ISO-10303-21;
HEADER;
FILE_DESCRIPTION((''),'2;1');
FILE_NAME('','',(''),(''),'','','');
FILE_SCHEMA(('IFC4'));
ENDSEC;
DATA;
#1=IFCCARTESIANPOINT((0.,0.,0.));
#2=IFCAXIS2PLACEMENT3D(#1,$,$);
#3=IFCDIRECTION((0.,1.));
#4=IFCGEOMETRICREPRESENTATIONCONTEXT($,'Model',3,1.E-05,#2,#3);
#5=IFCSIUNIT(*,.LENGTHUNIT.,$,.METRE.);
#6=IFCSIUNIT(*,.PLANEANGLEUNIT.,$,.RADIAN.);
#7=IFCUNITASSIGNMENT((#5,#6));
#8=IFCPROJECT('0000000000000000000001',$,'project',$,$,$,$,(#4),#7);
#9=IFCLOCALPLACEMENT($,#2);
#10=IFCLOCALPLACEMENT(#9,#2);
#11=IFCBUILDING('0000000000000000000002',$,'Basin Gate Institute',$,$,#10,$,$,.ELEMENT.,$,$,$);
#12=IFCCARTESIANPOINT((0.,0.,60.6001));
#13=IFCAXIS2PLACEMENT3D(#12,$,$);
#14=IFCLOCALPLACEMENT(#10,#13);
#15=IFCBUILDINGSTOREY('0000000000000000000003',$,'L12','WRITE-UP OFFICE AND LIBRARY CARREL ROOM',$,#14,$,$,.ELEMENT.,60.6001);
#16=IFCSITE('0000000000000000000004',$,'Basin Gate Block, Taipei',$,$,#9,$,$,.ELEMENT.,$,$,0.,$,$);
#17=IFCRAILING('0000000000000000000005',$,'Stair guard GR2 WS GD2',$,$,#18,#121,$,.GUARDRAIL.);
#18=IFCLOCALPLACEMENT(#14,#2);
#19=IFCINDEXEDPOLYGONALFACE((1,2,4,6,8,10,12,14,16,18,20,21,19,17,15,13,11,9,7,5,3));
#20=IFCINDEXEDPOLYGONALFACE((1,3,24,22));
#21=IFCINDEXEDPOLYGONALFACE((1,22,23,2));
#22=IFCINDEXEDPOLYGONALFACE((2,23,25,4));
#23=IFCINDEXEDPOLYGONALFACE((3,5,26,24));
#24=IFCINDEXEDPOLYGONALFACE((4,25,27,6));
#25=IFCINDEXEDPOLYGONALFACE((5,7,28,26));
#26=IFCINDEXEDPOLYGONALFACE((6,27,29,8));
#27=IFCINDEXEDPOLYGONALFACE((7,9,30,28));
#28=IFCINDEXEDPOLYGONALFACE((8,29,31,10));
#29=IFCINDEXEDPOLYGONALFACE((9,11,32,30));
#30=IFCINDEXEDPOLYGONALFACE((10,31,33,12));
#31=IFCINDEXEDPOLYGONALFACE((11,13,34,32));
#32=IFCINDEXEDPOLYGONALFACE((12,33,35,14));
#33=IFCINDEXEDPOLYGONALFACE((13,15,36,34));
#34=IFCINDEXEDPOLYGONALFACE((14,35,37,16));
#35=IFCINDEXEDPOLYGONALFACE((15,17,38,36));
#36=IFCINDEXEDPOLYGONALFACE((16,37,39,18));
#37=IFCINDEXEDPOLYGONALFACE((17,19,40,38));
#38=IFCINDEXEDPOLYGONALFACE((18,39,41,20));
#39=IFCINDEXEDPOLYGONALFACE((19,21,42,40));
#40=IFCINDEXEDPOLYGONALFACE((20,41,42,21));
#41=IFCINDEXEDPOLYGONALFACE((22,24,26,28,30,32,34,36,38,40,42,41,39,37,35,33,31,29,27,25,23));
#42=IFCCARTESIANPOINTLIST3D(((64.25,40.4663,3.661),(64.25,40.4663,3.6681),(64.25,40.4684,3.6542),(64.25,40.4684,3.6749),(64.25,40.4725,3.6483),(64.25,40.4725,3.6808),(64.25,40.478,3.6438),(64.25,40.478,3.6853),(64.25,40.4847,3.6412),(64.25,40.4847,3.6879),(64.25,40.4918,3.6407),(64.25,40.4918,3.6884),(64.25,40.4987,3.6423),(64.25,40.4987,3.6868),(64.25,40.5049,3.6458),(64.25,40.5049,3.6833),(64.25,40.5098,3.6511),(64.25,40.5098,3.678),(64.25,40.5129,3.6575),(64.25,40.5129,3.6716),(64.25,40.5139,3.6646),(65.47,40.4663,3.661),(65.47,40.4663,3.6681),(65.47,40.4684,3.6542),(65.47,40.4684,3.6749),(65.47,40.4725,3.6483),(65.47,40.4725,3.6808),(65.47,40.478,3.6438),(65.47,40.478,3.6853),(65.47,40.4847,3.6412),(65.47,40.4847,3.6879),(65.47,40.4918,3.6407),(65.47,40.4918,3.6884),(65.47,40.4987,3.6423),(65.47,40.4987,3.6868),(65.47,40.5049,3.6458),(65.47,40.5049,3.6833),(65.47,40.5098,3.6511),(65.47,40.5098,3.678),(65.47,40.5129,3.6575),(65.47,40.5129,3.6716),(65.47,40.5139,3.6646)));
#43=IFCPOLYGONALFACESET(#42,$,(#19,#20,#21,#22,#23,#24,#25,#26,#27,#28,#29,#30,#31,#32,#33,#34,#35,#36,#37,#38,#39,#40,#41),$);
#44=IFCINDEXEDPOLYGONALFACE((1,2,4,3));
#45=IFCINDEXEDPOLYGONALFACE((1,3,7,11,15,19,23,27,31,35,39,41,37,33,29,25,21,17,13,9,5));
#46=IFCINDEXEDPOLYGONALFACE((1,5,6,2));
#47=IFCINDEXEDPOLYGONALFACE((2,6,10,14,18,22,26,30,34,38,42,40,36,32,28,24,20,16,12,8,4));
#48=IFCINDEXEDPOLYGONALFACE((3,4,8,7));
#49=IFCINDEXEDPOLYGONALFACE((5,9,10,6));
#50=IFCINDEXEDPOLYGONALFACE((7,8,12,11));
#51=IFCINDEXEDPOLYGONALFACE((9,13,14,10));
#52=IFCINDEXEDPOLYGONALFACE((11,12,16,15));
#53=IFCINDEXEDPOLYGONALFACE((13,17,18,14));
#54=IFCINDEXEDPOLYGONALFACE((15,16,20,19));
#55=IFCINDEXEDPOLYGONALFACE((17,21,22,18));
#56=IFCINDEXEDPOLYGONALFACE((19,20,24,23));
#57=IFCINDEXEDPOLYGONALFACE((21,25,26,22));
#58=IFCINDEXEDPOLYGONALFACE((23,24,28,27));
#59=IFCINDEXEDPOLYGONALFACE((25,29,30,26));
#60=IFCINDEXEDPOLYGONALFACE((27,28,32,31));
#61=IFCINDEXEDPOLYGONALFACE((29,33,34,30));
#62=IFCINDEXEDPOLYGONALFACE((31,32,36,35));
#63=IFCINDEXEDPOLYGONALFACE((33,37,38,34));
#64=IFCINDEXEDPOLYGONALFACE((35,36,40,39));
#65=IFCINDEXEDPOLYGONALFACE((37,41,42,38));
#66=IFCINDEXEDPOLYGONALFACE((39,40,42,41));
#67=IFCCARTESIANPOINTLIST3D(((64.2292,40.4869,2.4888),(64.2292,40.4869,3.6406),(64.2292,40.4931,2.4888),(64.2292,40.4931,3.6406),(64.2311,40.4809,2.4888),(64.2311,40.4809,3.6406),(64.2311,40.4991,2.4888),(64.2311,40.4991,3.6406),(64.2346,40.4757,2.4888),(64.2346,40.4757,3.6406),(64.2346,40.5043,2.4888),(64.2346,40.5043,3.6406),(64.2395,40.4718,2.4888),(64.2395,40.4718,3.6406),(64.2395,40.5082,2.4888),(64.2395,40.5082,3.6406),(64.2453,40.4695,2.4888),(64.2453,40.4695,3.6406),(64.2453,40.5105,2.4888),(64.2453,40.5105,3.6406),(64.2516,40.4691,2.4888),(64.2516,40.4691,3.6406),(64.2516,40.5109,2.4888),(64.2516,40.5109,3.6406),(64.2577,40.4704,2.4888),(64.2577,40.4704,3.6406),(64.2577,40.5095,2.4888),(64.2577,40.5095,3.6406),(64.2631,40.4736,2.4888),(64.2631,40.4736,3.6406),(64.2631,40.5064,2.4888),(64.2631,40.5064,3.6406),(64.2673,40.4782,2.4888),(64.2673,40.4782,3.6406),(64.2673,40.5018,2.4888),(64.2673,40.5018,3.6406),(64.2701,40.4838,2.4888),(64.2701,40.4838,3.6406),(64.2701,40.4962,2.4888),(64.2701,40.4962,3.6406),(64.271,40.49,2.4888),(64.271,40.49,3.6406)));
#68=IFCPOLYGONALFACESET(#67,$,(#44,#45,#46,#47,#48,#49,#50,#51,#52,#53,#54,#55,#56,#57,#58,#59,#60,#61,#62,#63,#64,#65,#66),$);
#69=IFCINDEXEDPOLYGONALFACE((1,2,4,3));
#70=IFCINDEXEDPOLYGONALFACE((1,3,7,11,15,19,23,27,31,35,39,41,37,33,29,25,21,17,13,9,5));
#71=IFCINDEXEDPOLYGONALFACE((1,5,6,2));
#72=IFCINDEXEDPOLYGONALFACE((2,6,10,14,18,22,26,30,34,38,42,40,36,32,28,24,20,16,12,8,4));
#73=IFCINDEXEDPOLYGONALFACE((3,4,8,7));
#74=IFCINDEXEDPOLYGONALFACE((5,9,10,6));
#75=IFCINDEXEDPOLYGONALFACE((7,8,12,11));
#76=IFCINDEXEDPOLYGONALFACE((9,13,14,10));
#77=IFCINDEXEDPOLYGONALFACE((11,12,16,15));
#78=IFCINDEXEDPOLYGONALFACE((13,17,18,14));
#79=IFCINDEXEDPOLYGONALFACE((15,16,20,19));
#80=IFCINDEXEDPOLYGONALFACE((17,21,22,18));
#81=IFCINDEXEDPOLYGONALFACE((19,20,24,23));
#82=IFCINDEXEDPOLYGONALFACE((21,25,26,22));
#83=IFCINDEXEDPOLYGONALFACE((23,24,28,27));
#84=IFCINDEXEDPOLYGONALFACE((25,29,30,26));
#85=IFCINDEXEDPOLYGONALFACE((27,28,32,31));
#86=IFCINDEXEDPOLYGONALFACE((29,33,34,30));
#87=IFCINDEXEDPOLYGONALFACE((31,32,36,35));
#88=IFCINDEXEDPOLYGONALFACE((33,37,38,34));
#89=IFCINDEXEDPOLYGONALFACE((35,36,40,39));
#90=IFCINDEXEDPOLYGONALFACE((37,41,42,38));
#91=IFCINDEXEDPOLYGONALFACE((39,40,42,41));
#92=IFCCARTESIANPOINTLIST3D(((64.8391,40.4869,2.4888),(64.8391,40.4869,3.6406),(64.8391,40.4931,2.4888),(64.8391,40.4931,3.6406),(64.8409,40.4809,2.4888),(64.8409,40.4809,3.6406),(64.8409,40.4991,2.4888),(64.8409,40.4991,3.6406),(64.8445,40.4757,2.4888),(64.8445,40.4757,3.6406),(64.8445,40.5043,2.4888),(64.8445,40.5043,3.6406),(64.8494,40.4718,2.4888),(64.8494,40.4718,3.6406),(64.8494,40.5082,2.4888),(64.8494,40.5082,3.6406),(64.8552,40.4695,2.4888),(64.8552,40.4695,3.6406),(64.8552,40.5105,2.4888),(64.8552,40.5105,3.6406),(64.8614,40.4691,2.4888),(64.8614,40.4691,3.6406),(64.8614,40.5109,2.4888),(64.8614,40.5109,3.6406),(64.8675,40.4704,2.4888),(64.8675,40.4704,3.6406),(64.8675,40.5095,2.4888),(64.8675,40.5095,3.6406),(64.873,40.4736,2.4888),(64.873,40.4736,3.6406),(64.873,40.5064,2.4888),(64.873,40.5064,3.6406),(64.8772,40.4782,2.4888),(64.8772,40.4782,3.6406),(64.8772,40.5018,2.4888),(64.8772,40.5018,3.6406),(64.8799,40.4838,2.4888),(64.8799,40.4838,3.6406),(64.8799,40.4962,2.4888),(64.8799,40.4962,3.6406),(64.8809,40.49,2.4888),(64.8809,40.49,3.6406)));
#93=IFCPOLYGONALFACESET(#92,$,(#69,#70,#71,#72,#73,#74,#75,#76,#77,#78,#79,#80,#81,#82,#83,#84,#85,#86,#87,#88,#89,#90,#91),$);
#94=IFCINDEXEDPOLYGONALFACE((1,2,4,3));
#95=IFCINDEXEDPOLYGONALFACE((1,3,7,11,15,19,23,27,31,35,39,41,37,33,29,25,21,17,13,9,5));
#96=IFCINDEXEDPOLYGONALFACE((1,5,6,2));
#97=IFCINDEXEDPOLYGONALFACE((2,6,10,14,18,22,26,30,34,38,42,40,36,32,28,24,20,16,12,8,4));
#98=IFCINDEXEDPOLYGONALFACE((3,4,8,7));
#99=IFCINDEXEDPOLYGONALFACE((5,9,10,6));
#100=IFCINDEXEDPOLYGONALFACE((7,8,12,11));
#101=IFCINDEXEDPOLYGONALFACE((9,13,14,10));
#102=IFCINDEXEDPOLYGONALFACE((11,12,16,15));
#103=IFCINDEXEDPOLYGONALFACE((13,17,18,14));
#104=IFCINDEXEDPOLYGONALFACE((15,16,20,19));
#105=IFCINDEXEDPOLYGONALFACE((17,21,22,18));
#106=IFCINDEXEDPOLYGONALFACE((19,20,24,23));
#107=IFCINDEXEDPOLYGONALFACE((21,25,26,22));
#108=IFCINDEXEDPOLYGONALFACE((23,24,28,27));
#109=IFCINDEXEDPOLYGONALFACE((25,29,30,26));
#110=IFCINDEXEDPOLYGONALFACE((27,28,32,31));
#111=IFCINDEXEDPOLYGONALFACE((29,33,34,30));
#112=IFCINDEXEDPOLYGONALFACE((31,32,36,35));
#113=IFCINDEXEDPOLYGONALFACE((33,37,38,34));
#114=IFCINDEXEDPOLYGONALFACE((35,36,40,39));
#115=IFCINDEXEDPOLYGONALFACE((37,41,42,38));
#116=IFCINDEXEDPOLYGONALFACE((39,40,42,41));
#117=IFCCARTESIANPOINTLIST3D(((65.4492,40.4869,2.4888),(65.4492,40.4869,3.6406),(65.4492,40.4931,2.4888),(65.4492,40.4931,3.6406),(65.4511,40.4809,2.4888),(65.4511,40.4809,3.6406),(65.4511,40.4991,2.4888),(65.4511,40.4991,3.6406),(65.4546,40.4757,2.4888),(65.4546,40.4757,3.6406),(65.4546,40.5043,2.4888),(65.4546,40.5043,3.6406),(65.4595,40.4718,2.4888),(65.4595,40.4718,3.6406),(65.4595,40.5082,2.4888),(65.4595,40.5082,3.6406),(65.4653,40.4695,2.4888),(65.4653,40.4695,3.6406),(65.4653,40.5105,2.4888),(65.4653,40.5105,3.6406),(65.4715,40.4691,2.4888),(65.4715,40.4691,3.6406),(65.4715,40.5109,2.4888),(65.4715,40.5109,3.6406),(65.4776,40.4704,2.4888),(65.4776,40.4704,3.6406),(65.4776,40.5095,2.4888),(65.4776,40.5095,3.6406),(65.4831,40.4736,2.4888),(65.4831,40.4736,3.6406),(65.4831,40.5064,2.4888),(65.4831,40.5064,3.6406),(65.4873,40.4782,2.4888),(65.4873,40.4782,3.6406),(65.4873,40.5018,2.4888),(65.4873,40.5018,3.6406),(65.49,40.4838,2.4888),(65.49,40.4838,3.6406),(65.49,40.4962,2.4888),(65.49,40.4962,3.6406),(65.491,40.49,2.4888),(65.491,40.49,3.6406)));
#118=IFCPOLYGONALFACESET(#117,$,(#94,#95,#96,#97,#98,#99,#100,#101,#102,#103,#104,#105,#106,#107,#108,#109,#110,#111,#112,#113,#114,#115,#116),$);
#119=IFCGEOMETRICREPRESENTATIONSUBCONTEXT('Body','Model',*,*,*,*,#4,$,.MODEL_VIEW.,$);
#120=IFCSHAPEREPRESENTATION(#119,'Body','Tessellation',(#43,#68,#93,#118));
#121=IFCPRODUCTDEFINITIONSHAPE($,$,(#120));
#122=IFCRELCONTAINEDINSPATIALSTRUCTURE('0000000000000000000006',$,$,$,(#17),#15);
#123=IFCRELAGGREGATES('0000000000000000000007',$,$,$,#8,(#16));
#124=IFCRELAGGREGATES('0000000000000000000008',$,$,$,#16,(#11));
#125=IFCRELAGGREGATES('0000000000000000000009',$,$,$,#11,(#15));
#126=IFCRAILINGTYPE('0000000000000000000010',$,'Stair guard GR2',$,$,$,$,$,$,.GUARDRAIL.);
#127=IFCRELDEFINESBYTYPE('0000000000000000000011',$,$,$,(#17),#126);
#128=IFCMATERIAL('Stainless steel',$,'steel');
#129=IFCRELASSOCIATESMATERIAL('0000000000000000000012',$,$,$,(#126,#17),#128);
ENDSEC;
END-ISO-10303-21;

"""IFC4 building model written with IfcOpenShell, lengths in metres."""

from ifc_helpers import new_model, si_unit, direction, frame, origin, origin_2d, place, context, subcontext, project, spatial, circle, extrude, material, type_object, element, save


model = new_model("IFC4")

# Units and contexts
model_context = context("Model", 3, precision=1e-05, world=origin(), true_north=direction((0.0, 1.0)))
body_context = subcontext(model_context, "Body", "Model", "MODEL_VIEW")
ifc_project = project(units=[si_unit("LENGTHUNIT", "METRE"), si_unit("PLANEANGLEUNIT", "RADIAN")], contexts=[model_context])

# Site, building, storey
site_placement = place(None, origin())
site = spatial("IfcSite", under=ifc_project, at=site_placement, Name="Basin Gate Block, Taipei", CompositionType="ELEMENT", RefElevation=0.0)
building_placement = place(site_placement, origin())
building = spatial("IfcBuilding", under=site, at=building_placement, Name="Basin Gate Institute", CompositionType="ELEMENT")
storey_placement = place(building_placement, frame((0.0, 0.0, 60.6001)))
storey = spatial("IfcBuildingStorey", under=building, at=storey_placement, Name="L12", Description="WRITE-UP OFFICE AND LIBRARY CARREL ROOM", CompositionType="ELEMENT", Elevation=60.6001)

# Railing
ifc_material_1 = material(Name="Stainless steel", Category="steel")
railing_type_1 = type_object("IfcRailingType", Name="Stair guard GR2", PredefinedType="GUARDRAIL", material=ifc_material_1)
railing_1_placement = place(storey_placement, frame((64.25, 40.49, 2.4888)))
element("IfcRailing", 1, at=railing_1_placement, inside=storey, type_object=railing_type_1, material=ifc_material_1, Name="Stair guard GR2 WS GD2", PredefinedType="GUARDRAIL", context=body_context, shape_type="SweptSolid", body=[
    extrude(circle(Radius=0.0239, at=origin_2d()), frame((0.0, 0.0, 1.1758), z_axis=(1.0, 0.0, 0.0), x_axis=(0.0, 1.0, 0.0)), (0.0, 0.0, 1.0), 1.22),
    extrude(circle(Radius=0.021, at=origin_2d()), origin(), (0.0, 0.0, 1.0), 1.1519),
    extrude(circle(Radius=0.021, at=origin_2d()), frame((0.6099, 0.0, 0.0)), (0.0, 0.0, 1.0), 1.1519),
    extrude(circle(Radius=0.021, at=origin_2d()), frame((1.22, 0.0, 0.0)), (0.0, 0.0, 1.0), 1.1519),
])

save(model, "model.ifc")
